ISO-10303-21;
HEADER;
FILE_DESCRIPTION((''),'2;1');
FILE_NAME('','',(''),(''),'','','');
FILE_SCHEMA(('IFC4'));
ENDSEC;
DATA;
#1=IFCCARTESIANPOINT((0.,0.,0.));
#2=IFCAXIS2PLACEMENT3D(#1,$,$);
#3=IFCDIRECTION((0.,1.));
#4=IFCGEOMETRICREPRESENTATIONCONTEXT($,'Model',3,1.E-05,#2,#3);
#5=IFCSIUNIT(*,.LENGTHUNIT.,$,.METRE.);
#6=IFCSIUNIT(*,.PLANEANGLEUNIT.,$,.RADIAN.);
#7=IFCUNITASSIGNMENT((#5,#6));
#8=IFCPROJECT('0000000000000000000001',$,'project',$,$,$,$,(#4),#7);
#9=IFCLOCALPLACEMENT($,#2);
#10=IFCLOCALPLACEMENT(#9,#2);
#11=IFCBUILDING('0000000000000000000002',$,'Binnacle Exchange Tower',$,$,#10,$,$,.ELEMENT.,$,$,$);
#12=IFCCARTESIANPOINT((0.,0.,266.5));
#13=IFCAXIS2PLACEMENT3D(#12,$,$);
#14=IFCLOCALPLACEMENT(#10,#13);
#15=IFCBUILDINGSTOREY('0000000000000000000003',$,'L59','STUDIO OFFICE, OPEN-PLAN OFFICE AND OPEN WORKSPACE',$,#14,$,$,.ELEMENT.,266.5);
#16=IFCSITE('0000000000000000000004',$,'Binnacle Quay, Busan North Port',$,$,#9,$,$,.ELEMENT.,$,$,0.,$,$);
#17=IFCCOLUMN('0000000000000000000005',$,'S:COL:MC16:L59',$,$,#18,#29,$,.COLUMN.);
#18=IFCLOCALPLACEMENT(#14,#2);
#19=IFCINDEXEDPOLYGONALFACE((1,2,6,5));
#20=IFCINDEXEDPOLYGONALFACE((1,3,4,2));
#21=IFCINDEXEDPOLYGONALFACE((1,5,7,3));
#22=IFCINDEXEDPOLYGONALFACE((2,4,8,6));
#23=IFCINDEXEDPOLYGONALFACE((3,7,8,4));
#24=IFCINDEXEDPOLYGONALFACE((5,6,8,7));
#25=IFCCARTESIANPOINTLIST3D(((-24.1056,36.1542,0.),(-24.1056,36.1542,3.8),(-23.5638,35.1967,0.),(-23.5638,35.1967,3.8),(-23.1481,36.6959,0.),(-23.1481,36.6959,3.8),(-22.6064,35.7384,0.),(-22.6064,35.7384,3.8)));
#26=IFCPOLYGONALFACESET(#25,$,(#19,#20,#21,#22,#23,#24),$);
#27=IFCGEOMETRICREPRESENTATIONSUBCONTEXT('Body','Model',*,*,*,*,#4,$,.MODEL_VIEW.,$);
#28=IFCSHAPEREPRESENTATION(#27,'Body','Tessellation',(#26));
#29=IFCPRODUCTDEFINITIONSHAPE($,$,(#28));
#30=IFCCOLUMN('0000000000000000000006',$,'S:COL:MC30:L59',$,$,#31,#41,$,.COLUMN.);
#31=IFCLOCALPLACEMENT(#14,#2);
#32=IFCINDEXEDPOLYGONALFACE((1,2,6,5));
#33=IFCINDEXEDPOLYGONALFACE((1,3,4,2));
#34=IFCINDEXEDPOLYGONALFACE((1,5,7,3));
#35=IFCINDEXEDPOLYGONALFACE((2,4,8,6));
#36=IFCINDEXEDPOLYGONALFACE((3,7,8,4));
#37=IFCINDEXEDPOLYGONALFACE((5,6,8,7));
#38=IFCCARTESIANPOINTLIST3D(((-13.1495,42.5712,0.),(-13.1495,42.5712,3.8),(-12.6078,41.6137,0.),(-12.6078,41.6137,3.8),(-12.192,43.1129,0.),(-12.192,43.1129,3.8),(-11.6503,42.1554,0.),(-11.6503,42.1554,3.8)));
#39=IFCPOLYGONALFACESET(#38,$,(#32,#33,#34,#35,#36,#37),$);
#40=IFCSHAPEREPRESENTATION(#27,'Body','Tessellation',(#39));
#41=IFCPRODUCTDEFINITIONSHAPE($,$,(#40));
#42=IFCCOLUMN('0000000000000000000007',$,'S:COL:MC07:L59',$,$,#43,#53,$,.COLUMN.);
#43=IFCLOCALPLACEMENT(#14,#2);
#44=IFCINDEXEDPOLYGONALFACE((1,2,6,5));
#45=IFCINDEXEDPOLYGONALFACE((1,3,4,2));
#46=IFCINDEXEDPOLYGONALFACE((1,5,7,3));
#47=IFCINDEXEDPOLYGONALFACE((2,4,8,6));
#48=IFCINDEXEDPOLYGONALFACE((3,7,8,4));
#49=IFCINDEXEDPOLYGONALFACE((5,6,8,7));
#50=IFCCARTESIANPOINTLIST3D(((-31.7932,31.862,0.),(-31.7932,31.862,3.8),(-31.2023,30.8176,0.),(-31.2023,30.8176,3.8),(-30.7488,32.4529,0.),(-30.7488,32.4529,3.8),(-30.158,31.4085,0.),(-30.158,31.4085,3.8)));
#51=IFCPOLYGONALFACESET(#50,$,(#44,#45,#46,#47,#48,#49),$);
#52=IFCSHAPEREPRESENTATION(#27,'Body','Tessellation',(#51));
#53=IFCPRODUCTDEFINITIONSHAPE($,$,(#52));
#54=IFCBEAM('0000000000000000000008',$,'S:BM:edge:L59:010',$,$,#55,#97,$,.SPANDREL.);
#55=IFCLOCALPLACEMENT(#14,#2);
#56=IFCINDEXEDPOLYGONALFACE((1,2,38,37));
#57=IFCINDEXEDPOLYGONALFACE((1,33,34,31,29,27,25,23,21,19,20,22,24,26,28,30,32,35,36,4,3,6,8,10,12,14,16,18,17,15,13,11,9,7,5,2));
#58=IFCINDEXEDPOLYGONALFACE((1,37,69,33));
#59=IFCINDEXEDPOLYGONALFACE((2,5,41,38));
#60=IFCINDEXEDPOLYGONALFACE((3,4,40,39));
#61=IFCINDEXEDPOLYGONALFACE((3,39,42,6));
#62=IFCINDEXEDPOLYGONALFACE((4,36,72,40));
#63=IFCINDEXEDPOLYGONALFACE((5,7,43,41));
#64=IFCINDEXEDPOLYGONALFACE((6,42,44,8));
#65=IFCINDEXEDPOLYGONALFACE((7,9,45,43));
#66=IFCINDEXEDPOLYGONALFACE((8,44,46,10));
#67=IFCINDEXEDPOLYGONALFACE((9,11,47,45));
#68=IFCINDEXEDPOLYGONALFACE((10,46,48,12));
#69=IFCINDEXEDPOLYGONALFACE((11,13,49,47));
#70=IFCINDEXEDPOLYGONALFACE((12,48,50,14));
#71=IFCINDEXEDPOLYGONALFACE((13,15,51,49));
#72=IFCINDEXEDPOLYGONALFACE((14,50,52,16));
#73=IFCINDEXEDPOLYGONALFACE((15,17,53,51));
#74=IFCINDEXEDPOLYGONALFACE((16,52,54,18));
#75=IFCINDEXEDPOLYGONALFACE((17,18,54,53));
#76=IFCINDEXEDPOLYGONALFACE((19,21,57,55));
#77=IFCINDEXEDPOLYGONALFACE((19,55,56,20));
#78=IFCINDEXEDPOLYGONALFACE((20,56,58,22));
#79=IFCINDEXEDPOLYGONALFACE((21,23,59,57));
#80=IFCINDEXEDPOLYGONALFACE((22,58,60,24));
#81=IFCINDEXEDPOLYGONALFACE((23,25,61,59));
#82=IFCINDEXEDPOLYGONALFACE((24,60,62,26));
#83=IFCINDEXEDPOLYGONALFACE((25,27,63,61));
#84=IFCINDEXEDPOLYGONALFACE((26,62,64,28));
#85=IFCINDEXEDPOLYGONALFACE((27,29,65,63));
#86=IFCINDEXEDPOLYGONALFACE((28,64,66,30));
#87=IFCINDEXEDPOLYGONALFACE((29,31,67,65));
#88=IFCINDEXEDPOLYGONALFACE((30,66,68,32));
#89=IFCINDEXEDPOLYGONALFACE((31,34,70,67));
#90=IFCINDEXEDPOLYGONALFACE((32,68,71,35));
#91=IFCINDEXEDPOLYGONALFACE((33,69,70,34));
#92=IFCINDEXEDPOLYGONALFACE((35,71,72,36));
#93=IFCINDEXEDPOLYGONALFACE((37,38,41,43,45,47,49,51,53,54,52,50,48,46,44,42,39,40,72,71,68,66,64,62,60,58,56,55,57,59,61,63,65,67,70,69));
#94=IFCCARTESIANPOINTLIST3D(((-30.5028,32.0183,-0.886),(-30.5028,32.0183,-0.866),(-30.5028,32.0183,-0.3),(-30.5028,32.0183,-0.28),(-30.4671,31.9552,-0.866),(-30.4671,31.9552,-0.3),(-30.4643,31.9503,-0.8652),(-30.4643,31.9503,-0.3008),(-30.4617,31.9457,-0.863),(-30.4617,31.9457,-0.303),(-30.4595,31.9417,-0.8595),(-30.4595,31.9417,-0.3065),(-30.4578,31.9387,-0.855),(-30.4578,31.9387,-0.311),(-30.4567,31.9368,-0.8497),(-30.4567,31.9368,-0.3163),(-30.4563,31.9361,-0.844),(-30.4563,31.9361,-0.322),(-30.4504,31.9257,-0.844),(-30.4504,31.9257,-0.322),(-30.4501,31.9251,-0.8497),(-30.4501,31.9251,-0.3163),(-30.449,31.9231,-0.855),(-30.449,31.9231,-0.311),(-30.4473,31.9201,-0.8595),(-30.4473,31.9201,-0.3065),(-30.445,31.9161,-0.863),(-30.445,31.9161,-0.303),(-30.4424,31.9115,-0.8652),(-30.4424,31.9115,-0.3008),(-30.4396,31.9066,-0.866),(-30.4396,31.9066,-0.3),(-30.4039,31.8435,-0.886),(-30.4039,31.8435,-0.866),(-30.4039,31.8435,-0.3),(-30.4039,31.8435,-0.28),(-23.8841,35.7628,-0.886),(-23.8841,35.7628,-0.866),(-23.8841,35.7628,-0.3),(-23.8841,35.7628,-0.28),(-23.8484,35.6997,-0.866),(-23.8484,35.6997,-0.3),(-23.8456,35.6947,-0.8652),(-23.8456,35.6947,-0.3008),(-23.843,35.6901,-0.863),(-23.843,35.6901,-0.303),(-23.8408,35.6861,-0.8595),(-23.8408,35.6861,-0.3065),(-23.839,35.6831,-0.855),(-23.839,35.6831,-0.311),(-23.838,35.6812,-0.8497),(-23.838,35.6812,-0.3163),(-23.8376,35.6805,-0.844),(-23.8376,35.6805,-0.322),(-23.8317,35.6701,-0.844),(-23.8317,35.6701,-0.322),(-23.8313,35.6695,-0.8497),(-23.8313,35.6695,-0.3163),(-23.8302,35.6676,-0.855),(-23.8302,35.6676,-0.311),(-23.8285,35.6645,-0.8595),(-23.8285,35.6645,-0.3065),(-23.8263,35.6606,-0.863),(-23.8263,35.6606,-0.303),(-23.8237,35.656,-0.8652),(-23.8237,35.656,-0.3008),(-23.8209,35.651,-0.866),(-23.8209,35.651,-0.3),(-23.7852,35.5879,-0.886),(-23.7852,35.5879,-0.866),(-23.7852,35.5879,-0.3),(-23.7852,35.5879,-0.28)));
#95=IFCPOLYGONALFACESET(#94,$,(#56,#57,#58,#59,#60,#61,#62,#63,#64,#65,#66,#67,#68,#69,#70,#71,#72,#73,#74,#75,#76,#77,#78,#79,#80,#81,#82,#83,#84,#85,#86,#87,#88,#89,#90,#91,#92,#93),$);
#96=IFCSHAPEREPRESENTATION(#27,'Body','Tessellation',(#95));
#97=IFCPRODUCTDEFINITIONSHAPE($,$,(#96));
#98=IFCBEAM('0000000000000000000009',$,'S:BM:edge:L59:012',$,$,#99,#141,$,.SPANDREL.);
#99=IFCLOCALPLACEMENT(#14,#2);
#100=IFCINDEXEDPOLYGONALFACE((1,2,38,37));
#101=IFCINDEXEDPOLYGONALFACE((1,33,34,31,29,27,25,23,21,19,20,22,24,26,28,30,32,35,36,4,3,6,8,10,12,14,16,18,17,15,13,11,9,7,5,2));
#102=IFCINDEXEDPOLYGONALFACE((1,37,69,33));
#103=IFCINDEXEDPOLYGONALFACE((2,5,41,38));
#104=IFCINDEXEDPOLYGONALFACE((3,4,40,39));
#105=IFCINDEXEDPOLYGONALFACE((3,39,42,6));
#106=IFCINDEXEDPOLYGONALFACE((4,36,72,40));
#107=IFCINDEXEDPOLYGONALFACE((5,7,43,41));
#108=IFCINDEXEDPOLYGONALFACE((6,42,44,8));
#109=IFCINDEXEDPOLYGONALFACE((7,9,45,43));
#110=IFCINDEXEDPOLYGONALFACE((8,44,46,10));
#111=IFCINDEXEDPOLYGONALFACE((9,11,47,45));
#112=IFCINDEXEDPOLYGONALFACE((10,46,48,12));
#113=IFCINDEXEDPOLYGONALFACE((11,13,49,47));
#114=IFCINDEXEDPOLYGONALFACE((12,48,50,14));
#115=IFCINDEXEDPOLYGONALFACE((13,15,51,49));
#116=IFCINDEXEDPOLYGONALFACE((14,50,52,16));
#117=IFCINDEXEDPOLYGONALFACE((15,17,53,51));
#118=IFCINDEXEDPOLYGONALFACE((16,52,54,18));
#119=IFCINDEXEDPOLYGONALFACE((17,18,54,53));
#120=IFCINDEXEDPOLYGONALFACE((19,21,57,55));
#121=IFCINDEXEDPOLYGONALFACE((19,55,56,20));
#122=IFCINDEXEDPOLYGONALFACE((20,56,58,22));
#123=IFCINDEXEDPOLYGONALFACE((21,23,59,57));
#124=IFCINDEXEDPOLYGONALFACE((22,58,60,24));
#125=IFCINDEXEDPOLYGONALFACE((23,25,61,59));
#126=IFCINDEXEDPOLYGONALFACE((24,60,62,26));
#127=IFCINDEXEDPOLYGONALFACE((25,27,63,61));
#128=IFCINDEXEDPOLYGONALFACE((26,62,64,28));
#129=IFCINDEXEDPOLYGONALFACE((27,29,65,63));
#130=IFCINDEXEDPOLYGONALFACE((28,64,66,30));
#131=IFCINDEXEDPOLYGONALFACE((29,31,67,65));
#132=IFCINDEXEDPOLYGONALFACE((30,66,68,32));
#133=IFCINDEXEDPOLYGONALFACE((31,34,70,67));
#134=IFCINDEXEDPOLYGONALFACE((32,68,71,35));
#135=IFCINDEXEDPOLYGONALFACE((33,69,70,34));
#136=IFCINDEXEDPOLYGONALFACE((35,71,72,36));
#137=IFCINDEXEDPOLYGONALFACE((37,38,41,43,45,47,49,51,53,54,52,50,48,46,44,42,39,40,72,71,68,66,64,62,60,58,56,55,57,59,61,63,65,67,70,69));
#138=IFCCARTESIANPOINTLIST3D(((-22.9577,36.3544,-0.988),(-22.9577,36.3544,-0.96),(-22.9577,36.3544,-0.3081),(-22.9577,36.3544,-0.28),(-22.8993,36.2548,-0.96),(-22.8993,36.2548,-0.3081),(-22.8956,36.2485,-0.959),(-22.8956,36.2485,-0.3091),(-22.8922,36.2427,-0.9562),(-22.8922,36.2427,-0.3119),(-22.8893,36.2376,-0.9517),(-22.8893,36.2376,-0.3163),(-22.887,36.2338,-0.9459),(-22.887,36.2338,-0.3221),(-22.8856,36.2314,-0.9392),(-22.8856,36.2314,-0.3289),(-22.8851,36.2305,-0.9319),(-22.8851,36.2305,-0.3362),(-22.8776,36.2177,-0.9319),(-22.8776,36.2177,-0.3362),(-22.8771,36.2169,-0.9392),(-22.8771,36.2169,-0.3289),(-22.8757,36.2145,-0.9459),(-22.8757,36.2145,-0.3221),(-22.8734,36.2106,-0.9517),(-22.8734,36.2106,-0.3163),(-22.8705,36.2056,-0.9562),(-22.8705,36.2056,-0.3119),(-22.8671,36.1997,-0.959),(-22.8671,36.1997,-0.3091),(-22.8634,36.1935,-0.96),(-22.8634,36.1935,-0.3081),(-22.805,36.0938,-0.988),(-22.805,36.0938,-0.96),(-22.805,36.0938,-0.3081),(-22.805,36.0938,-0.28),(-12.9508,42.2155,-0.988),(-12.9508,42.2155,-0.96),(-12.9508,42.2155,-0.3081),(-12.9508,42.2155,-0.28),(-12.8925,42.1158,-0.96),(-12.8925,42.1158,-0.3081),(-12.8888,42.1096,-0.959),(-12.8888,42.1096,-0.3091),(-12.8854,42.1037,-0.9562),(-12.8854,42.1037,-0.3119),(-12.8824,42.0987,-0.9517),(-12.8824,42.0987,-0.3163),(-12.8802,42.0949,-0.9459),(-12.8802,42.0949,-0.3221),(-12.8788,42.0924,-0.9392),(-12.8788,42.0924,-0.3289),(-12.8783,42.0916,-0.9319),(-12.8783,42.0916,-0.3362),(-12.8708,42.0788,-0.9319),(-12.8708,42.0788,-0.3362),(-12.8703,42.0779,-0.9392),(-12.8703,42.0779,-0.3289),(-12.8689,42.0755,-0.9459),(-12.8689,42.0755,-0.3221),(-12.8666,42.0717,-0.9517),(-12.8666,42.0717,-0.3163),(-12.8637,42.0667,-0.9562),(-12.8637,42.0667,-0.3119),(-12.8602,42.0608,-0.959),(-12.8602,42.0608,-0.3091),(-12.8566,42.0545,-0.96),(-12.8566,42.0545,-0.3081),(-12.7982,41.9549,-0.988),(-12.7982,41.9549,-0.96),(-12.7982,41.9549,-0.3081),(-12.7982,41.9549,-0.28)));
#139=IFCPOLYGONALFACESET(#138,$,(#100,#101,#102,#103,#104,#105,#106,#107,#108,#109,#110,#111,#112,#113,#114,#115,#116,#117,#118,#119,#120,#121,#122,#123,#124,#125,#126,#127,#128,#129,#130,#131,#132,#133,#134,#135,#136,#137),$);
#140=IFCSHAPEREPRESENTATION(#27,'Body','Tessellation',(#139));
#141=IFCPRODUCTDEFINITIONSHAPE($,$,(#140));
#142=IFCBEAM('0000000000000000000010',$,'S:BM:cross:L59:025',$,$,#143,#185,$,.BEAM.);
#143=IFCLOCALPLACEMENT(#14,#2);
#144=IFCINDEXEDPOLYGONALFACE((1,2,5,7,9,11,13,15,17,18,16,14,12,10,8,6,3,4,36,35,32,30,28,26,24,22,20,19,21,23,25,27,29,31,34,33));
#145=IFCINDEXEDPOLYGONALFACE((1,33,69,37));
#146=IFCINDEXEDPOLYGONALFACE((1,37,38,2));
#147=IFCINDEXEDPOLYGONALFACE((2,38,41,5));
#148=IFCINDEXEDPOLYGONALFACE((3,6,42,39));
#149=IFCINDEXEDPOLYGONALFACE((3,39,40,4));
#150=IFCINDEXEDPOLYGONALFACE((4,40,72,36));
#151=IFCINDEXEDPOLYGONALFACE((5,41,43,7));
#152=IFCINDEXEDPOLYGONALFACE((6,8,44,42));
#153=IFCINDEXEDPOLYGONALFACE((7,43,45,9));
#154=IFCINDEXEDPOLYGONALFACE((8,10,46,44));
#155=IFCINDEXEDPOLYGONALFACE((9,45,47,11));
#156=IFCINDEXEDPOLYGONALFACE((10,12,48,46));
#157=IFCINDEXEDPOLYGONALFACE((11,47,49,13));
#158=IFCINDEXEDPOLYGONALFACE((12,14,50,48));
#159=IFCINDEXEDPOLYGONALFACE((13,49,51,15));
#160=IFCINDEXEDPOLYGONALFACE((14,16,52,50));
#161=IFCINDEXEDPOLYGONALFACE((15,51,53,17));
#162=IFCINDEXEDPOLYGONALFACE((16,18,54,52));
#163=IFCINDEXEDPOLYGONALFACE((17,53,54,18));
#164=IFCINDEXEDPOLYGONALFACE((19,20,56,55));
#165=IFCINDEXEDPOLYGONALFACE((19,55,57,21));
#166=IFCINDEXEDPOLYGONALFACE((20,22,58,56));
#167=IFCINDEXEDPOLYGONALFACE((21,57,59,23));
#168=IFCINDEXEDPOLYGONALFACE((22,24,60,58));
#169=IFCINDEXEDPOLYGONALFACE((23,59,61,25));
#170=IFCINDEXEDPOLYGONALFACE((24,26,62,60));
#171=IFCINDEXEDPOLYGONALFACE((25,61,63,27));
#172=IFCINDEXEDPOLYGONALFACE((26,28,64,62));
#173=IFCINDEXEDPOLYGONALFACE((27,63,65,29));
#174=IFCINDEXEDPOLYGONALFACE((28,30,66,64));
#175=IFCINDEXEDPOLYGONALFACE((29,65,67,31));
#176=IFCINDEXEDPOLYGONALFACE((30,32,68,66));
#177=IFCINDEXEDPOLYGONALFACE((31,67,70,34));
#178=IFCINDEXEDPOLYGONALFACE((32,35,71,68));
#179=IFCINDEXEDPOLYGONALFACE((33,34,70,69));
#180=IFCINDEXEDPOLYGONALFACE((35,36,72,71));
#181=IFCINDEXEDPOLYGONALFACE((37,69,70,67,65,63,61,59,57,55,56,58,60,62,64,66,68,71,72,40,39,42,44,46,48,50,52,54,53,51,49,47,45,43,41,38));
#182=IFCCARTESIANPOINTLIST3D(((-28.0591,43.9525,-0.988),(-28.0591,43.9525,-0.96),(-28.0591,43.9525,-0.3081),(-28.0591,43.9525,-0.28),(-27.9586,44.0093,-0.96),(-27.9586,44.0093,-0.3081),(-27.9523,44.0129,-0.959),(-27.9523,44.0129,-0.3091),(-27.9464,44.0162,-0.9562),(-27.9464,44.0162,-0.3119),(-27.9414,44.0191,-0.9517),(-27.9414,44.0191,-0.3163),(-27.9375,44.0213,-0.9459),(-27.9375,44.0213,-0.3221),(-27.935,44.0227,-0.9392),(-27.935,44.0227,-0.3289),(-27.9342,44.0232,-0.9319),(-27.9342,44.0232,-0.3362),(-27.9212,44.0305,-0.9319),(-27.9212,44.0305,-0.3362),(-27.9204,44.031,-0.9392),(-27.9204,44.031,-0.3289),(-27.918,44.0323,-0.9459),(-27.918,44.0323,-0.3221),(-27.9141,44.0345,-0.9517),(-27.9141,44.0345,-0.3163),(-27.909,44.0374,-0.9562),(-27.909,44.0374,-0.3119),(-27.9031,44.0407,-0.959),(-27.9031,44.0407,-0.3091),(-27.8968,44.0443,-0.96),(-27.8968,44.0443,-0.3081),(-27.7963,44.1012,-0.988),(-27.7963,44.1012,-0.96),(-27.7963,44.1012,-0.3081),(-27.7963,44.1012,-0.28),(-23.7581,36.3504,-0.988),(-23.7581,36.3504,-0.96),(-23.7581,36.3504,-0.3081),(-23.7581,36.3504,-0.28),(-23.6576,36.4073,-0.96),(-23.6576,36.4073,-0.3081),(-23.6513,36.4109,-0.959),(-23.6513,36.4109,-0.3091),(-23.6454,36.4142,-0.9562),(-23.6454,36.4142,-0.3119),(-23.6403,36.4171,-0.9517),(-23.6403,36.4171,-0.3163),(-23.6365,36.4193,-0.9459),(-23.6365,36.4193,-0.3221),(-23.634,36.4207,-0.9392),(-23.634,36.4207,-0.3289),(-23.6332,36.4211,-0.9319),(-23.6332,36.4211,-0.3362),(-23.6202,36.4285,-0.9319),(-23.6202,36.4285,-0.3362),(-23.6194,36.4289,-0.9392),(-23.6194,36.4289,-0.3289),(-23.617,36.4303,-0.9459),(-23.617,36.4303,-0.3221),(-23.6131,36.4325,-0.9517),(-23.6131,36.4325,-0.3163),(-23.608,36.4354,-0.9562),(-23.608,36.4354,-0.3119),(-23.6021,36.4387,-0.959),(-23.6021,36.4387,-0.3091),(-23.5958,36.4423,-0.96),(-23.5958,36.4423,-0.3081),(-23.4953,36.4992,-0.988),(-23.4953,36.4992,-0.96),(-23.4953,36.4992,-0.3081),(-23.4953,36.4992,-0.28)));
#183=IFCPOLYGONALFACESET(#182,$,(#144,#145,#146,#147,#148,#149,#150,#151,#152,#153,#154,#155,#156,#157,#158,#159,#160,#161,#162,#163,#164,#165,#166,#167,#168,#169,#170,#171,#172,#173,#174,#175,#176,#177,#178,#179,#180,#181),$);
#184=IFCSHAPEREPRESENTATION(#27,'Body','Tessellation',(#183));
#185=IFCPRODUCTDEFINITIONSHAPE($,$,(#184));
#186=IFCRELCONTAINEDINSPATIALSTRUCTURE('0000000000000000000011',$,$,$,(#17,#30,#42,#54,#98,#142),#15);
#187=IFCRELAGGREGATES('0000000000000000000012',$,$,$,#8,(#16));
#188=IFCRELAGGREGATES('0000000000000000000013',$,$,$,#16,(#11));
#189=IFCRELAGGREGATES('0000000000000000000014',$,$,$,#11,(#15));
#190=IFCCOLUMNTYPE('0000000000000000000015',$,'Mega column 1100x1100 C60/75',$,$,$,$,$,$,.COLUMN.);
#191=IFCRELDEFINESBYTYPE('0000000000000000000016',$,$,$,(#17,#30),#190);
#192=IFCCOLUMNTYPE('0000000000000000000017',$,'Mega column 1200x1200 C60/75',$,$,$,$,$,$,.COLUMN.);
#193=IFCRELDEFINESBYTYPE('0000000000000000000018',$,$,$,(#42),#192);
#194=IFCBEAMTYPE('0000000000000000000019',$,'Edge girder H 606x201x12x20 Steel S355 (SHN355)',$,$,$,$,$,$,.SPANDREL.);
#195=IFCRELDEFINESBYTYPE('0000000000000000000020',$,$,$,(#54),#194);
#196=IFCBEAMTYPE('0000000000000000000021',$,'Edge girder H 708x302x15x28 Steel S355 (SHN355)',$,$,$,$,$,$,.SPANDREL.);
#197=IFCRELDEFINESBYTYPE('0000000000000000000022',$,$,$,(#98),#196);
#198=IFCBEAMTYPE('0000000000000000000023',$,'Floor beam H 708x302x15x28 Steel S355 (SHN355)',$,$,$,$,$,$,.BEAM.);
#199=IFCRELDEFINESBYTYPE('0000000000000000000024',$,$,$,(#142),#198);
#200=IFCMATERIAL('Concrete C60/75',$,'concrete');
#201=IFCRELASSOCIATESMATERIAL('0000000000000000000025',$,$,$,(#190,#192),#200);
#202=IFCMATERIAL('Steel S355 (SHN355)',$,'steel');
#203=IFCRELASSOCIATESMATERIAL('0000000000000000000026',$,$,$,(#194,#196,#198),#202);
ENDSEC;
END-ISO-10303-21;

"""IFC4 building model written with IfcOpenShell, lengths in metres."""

from ifc_helpers import new_model, si_unit, direction, frame, origin, origin_2d, place, context, subcontext, project, spatial, rectangle, i_section, extrude, material, material_profile, profile_set, type_object, element, save


model = new_model("IFC4")

# Units and contexts
model_context = context("Model", 3, precision=1e-05, world=origin(), true_north=direction((0.0, 1.0)))
body_context = subcontext(model_context, "Body", "Model", "MODEL_VIEW")
ifc_project = project(units=[si_unit("LENGTHUNIT", "METRE"), si_unit("PLANEANGLEUNIT", "RADIAN")], contexts=[model_context])

# Site, building, storey
site_placement = place(None, origin())
site = spatial("IfcSite", under=ifc_project, at=site_placement, Name="Binnacle Quay, Busan North Port", CompositionType="ELEMENT", RefElevation=0.0)
building_placement = place(site_placement, origin())
building = spatial("IfcBuilding", under=site, at=building_placement, Name="Binnacle Exchange Tower", CompositionType="ELEMENT")
storey_placement = place(building_placement, frame((0.0, 0.0, 266.5)))
storey = spatial("IfcBuildingStorey", under=building, at=storey_placement, Name="L59", Description="STUDIO OFFICE, OPEN-PLAN OFFICE AND OPEN WORKSPACE", CompositionType="ELEMENT", Elevation=266.5)

# Columns
ifc_material_1 = material(Name="Concrete C60/75", Category="concrete")
ifc_material_profile_1 = material_profile(ifc_material_1, rectangle(XDim=1.1001, YDim=1.1001, at=origin_2d()), Name="Mega column 1100x1100 C60/75")
ifc_profile_set_1 = profile_set([ifc_material_profile_1], Name="Concrete C60/75")
column_type_1 = type_object("IfcColumnType", Name="Mega column 1100x1100 C60/75", PredefinedType="COLUMN", material=ifc_profile_set_1)
for number, where, z_axis, x_axis, name in (
    (1, (-23.356, 35.9463, 0.0), (0.0, 0.0, 1.0), (0.870356, 0.492424, 0.0), "S:COL:MC16:L59"),
    (2, (-12.3999, 42.3633, 0.0), (0.0, 0.0, 1.0), (0.870356, 0.492424, 0.0), "S:COL:MC30:L59"),
):
    element("IfcColumn", number, at=place(storey_placement, frame(where, z_axis=z_axis, x_axis=x_axis)), inside=storey, type_object=column_type_1, Name=name, PredefinedType="COLUMN", context=body_context, shape_type="SweptSolid", body=[
        extrude(rectangle(XDim=1.1001, YDim=1.1001, at=origin_2d()), origin(), (0.0, 0.0, 1.0), 3.8),
    ])
ifc_material_profile_2 = material_profile(ifc_material_1, rectangle(XDim=1.2, YDim=1.2, at=origin_2d()), Name="Mega column 1200x1200 C60/75")
ifc_profile_set_2 = profile_set([ifc_material_profile_2], Name="Concrete C60/75")
column_type_2 = type_object("IfcColumnType", Name="Mega column 1200x1200 C60/75", PredefinedType="COLUMN", material=ifc_profile_set_2)
column_placement = place(storey_placement, frame((-30.9756, 31.6353, 0.0), z_axis=(0.0, 0.0, 1.0), x_axis=(0.870356, 0.492424, 0.0)))
element("IfcColumn", 3, at=column_placement, inside=storey, type_object=column_type_2, Name="S:COL:MC07:L59", PredefinedType="COLUMN", context=body_context, shape_type="SweptSolid", body=[
    extrude(rectangle(XDim=1.2, YDim=1.2, at=origin_2d()), origin(), (0.0, 0.0, 1.0), 3.8),
])

# Beams
ifc_material_2 = material(Name="Steel S355 (SHN355)", Category="steel")
ifc_material_profile_3 = material_profile(ifc_material_2, i_section(OverallWidth=0.2009, OverallDepth=0.606, WebThickness=0.012, FlangeThickness=0.02, FilletRadius=0.022, at=origin_2d()), Name="H 606x201x12x20")
ifc_profile_set_3 = profile_set([ifc_material_profile_3], Name="Steel S355 (SHN355)")
beam_type_1 = type_object("IfcBeamType", Name="Edge girder H 606x201x12x20 Steel S355 (SHN355)", PredefinedType="SPANDREL", material=ifc_profile_set_3)
beam_1_placement = place(storey_placement, frame((-30.4534, 31.9309, -0.583), z_axis=(0.870371, 0.492397, 0.0), x_axis=(-0.492397, 0.870371, 0.0)))
element("IfcBeam", 4, at=beam_1_placement, inside=storey, type_object=beam_type_1, Name="S:BM:edge:L59:010", PredefinedType="SPANDREL", context=body_context, shape_type="SweptSolid", body=[
    extrude(i_section(OverallWidth=0.2009, OverallDepth=0.606, WebThickness=0.012, FlangeThickness=0.02, FilletRadius=0.022, at=origin_2d()), origin(), (0.0, 0.0, 1.0), 7.6045),
])
ifc_material_profile_4 = material_profile(ifc_material_2, i_section(OverallWidth=0.302, OverallDepth=0.708, WebThickness=0.0149, FlangeThickness=0.0281, FilletRadius=0.0281, at=origin_2d()), Name="H 708x302x15x28")
ifc_profile_set_4 = profile_set([ifc_material_profile_4], Name="Steel S355 (SHN355)")
beam_type_2 = type_object("IfcBeamType", Name="Edge girder H 708x302x15x28 Steel S355 (SHN355)", PredefinedType="SPANDREL", material=ifc_profile_set_4)
beam_2_placement = place(storey_placement, frame((-22.8813, 36.2241, -0.634), z_axis=(0.862886, 0.505399, 0.0), x_axis=(-0.505399, 0.862886, 0.0)))
element("IfcBeam", 5, at=beam_2_placement, inside=storey, type_object=beam_type_2, Name="S:BM:edge:L59:012", PredefinedType="SPANDREL", context=body_context, shape_type="SweptSolid", body=[
    extrude(i_section(OverallWidth=0.302, OverallDepth=0.708, WebThickness=0.0149, FlangeThickness=0.0281, FilletRadius=0.0281, at=origin_2d()), origin(), (0.0, 0.0, 1.0), 11.5969),
])
ifc_material_profile_5 = material_profile(ifc_material_2, i_section(OverallWidth=0.302, OverallDepth=0.708, WebThickness=0.0149, FlangeThickness=0.0281, FilletRadius=0.0281, at=origin_2d()), Name="H 708x302x15x28")
ifc_profile_set_5 = profile_set([ifc_material_profile_5], Name="Steel S355 (SHN355)")
beam_type_3 = type_object("IfcBeamType", Name="Floor beam H 708x302x15x28 Steel S355 (SHN355)", PredefinedType="BEAM", material=ifc_profile_set_5)
beam_3_placement = place(storey_placement, frame((-23.6267, 36.4248, -0.634), z_axis=(-0.492423, 0.870356, 0.0), x_axis=(-0.870356, -0.492423, 0.0)))
element("IfcBeam", 6, at=beam_3_placement, inside=storey, type_object=beam_type_3, Name="S:BM:cross:L59:025", PredefinedType="BEAM", context=body_context, shape_type="SweptSolid", body=[
    extrude(i_section(OverallWidth=0.302, OverallDepth=0.708, WebThickness=0.0149, FlangeThickness=0.0281, FilletRadius=0.0281, at=origin_2d()), origin(), (0.0, 0.0, 1.0), 8.7344),
])

save(model, "model.ifc")
